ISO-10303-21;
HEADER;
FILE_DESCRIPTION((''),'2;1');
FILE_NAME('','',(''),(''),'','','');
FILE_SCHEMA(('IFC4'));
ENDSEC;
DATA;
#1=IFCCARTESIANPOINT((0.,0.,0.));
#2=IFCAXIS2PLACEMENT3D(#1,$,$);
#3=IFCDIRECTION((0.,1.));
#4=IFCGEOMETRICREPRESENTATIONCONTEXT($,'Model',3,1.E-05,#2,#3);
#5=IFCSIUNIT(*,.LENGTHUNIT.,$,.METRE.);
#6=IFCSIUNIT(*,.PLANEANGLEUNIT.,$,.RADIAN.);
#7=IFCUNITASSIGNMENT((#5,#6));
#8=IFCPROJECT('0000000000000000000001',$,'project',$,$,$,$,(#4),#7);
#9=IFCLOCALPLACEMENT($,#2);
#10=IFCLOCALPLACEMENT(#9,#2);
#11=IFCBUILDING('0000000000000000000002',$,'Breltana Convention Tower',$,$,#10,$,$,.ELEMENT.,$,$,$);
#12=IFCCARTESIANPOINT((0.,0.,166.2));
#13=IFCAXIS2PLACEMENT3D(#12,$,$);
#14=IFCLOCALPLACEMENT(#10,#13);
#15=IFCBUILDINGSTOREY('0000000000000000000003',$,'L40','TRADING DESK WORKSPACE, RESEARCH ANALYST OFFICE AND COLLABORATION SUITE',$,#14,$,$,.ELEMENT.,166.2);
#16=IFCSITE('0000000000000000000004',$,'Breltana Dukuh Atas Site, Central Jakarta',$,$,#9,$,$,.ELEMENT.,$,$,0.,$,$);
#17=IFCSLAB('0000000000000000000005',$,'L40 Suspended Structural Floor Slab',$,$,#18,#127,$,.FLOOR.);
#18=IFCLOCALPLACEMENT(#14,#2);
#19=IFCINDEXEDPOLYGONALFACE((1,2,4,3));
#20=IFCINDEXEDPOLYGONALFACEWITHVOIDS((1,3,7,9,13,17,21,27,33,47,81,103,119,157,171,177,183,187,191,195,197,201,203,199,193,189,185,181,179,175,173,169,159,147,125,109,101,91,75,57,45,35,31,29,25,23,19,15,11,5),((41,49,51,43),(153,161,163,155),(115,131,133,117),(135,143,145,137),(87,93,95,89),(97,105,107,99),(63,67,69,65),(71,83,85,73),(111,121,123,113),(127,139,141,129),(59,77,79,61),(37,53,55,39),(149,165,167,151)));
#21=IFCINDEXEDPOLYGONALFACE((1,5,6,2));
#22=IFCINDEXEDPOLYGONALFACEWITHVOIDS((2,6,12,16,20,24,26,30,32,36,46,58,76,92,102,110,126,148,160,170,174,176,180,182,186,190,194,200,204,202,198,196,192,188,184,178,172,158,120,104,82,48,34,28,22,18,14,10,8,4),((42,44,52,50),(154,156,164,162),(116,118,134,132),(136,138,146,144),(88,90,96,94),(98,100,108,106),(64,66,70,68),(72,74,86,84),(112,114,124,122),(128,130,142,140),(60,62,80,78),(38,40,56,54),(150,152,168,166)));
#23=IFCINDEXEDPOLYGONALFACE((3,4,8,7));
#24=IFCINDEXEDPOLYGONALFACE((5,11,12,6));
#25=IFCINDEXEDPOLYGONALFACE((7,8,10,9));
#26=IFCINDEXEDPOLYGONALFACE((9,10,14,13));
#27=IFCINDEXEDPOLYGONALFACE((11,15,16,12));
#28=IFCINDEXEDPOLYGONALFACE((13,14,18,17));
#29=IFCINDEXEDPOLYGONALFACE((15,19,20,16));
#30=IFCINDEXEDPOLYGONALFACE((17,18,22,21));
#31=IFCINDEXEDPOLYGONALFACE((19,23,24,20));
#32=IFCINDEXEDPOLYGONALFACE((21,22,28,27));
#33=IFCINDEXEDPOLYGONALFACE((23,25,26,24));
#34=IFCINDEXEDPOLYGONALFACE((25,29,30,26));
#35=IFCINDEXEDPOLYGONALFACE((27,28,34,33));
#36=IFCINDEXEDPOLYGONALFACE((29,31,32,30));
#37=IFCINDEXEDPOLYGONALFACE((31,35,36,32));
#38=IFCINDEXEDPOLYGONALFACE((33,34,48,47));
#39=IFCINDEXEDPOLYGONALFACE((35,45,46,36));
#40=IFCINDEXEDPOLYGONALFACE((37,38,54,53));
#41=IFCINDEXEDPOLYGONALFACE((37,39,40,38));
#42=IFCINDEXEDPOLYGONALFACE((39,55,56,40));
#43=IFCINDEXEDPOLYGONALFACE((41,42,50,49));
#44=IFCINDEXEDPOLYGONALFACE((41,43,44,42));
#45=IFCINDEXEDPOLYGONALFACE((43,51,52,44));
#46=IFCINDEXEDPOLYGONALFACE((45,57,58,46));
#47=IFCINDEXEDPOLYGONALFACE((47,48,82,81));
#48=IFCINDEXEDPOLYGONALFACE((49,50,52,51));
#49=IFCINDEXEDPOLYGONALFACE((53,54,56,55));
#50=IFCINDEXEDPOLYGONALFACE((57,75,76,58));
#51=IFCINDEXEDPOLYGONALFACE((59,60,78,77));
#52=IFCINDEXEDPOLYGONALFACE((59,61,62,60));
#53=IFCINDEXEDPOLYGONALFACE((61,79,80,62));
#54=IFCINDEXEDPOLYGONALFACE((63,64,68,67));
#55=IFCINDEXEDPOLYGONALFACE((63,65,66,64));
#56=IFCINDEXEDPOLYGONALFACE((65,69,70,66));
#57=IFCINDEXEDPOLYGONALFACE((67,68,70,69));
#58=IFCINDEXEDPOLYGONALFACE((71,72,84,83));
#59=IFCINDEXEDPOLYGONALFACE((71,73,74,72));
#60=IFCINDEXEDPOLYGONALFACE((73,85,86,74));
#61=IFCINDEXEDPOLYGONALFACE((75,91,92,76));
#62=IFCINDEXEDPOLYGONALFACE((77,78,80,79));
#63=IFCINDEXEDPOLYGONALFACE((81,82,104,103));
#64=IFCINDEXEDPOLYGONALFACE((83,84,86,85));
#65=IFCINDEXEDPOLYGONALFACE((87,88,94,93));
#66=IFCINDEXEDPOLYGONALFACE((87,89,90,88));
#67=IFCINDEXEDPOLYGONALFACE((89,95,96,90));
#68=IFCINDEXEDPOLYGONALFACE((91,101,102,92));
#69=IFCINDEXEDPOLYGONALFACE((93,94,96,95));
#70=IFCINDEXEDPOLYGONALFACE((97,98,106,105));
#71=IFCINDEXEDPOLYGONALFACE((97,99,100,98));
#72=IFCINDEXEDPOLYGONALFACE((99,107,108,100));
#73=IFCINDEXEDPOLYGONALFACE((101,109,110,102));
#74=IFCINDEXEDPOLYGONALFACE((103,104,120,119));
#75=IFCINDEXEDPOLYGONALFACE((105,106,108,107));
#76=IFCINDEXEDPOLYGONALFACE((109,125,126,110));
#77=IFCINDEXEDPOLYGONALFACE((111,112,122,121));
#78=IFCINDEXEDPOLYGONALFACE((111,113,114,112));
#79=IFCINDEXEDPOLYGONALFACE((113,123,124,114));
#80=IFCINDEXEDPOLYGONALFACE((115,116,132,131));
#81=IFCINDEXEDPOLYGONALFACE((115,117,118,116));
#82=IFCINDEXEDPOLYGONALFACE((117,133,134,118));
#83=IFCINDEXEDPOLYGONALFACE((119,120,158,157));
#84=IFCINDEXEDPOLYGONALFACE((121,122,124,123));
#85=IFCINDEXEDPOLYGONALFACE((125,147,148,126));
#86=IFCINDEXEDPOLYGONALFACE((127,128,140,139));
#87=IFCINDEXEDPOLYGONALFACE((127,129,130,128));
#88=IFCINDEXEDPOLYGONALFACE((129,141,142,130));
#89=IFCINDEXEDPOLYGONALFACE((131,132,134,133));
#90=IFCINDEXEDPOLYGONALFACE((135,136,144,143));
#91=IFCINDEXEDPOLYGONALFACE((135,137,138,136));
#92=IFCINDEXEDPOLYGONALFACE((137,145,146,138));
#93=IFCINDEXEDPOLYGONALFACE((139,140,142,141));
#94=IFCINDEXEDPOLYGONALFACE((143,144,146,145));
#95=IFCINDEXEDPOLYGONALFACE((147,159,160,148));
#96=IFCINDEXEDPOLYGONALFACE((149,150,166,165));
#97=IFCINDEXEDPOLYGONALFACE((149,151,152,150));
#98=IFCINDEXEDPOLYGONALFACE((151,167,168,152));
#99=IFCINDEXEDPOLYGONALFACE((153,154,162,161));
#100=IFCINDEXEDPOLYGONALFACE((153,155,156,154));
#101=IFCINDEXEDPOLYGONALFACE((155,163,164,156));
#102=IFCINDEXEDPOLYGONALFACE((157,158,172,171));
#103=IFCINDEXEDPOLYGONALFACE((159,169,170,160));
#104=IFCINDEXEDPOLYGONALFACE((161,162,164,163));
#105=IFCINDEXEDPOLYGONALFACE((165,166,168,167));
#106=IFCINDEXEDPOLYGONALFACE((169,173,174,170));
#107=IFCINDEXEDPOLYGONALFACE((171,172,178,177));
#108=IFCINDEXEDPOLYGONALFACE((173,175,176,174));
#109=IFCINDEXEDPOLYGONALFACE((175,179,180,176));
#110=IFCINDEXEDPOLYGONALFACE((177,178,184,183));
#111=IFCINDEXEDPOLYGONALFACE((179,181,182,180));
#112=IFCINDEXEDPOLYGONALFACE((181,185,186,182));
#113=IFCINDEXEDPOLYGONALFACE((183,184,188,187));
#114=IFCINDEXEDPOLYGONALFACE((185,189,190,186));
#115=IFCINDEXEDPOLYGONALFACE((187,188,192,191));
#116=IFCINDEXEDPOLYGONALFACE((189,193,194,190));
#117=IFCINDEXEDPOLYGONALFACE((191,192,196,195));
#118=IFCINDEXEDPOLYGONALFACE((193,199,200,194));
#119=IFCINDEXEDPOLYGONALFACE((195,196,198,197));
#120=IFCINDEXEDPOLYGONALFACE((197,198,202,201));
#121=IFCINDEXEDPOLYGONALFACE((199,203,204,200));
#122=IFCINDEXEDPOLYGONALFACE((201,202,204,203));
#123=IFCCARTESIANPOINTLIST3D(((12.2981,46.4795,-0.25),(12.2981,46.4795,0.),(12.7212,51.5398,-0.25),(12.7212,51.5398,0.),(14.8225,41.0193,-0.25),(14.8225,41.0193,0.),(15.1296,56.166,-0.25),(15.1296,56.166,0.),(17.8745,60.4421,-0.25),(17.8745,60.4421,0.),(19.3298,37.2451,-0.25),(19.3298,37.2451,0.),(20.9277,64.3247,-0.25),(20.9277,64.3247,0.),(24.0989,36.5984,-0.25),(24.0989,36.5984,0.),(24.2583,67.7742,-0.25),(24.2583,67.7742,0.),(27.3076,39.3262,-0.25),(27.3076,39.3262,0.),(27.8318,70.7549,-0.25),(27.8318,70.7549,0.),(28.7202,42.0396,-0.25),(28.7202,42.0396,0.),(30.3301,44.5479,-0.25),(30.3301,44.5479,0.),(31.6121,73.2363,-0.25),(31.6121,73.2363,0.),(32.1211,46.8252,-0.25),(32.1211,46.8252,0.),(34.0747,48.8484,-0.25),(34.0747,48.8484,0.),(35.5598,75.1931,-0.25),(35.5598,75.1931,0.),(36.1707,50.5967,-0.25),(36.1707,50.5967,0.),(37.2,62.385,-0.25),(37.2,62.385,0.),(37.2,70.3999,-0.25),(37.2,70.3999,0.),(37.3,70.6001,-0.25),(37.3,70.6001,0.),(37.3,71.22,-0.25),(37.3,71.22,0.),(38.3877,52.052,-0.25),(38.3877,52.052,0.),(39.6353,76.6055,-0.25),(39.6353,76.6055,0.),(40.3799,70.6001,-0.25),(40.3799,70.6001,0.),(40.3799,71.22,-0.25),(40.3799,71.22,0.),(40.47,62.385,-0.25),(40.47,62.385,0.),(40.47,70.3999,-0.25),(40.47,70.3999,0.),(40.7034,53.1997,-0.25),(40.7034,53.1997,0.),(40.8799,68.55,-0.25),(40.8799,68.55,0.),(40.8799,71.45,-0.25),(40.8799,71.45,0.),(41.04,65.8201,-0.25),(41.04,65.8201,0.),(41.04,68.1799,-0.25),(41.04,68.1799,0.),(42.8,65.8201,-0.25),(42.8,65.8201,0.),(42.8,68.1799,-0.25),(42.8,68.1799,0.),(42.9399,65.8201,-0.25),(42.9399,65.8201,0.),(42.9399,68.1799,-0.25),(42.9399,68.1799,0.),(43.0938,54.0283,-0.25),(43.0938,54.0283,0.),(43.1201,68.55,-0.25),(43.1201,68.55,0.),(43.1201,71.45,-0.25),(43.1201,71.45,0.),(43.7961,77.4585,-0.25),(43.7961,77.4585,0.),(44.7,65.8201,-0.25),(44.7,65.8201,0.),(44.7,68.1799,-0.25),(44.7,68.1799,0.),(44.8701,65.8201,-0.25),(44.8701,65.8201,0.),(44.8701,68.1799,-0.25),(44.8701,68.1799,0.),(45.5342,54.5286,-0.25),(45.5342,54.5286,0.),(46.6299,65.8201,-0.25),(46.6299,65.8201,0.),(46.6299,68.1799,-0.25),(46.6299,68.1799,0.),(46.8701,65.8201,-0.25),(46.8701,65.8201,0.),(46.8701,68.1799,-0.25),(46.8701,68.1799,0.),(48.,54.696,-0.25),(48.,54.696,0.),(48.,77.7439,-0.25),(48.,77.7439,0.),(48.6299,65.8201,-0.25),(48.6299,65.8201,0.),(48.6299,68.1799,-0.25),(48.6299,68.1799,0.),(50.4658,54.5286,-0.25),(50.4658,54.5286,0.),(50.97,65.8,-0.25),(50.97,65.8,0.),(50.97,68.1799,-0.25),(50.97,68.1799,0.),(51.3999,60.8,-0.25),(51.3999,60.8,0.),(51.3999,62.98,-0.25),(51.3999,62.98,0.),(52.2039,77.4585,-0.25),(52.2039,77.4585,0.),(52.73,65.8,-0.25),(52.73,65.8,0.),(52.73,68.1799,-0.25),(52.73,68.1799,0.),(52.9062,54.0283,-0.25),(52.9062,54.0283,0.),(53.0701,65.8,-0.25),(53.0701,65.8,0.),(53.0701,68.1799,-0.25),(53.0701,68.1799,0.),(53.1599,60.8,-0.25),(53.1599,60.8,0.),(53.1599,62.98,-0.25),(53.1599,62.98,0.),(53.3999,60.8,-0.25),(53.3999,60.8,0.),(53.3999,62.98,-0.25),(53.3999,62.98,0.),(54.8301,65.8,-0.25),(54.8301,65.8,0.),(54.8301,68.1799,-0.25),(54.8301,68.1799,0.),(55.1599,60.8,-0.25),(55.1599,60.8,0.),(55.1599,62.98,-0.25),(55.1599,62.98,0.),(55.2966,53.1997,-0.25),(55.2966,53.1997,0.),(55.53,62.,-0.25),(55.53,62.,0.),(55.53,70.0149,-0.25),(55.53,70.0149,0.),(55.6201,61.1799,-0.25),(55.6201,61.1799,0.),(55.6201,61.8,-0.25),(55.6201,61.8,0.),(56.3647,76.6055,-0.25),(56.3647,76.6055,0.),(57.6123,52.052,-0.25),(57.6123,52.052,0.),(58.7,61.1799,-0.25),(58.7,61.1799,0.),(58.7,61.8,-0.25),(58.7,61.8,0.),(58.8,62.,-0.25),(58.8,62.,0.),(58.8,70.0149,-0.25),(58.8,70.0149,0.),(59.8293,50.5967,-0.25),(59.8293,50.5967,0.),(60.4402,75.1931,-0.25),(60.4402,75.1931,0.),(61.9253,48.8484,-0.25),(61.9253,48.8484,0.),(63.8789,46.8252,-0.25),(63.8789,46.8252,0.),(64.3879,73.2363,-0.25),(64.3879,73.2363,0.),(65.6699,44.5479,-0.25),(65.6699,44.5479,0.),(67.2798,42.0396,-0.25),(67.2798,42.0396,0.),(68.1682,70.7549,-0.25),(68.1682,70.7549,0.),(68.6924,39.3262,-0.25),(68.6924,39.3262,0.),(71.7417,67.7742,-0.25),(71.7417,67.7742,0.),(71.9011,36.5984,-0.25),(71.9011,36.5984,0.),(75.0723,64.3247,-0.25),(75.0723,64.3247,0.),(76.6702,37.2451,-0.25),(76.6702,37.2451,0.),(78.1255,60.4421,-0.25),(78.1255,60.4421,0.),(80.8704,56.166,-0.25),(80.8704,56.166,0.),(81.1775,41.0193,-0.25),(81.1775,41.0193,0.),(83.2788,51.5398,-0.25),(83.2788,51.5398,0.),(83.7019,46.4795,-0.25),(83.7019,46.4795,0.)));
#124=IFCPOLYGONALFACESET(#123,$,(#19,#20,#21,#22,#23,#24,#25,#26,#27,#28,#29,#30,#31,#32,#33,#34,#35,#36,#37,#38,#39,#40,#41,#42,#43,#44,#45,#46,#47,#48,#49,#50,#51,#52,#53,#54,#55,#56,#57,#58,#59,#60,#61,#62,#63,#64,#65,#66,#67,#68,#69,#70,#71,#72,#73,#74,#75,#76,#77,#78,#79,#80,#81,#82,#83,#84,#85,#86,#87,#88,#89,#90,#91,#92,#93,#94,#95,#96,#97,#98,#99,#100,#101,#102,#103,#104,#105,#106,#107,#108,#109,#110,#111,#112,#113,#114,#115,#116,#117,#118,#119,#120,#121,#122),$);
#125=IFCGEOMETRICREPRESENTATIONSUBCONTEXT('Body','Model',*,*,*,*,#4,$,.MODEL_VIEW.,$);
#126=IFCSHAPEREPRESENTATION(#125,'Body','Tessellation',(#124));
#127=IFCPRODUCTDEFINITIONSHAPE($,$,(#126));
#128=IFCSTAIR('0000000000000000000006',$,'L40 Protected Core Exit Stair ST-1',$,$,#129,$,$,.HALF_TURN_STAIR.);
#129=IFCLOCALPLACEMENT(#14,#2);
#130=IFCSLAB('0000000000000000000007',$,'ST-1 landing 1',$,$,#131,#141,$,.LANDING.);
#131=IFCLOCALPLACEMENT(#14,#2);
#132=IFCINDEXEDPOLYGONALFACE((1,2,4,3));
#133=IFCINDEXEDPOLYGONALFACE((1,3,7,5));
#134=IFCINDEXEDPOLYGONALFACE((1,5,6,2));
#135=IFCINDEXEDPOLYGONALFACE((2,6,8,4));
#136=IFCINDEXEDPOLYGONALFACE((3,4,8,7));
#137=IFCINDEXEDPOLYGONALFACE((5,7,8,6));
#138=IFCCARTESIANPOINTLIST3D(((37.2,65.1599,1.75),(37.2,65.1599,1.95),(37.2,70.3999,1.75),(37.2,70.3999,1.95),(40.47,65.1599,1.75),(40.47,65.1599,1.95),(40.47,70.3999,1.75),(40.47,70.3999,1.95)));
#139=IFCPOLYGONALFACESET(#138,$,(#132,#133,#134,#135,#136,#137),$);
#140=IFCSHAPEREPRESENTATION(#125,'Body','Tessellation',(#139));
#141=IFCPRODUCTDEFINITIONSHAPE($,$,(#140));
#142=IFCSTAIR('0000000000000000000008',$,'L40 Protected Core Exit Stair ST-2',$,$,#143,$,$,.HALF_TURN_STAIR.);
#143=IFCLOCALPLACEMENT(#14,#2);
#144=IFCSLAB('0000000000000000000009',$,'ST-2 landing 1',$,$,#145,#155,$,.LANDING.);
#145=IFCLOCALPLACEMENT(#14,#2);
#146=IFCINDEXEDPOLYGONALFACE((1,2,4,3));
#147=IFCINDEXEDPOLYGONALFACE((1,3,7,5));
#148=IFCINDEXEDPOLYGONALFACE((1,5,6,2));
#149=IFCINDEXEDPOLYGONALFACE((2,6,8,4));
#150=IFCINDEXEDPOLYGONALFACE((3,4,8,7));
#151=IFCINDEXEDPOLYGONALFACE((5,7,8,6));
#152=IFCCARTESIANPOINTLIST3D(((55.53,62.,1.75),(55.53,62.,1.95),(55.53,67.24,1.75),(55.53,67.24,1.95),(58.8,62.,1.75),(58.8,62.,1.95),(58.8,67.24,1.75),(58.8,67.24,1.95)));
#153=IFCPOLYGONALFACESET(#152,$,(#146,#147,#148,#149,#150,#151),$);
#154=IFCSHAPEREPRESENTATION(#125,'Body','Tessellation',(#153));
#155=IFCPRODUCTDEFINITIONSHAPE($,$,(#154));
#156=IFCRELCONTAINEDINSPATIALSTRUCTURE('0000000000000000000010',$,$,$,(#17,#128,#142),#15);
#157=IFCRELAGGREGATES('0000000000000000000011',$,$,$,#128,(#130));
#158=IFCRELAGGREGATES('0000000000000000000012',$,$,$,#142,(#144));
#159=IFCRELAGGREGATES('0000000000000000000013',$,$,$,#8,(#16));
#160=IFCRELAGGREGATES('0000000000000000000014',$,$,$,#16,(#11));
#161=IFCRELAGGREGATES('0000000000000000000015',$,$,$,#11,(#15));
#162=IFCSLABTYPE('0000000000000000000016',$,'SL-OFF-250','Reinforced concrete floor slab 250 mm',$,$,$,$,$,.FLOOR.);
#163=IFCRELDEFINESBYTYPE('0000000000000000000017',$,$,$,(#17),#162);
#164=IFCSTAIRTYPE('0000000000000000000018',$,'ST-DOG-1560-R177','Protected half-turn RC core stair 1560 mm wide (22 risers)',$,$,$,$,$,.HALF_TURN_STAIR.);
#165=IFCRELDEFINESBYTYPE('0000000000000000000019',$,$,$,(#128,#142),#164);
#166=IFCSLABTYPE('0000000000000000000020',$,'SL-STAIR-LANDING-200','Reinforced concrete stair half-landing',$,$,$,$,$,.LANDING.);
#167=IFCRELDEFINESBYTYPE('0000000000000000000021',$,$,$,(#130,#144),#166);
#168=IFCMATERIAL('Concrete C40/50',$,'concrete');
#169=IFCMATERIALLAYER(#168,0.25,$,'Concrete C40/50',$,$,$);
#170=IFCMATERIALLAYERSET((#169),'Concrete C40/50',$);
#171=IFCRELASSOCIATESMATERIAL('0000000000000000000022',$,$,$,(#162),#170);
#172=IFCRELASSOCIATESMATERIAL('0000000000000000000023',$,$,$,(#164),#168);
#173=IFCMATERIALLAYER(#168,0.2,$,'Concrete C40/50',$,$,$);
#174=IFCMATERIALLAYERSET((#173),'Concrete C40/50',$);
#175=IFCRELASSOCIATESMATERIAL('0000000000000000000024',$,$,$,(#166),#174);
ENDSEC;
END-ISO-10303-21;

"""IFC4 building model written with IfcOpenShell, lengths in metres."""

from ifc_helpers import new_model, si_unit, direction, frame, origin, place, context, subcontext, project, spatial, polyline, outline, extrude, material, layer, layer_set, type_object, element, aggregate, save


model = new_model("IFC4")

# Units and contexts
model_context = context("Model", 3, precision=1e-05, world=origin(), true_north=direction((0.0, 1.0)))
body_context = subcontext(model_context, "Body", "Model", "MODEL_VIEW")
ifc_project = project(units=[si_unit("LENGTHUNIT", "METRE"), si_unit("PLANEANGLEUNIT", "RADIAN")], contexts=[model_context])

# Site, building, storey
site_placement = place(None, origin())
site = spatial("IfcSite", under=ifc_project, at=site_placement, Name="Breltana Dukuh Atas Site, Central Jakarta", CompositionType="ELEMENT", RefElevation=0.0)
building_placement = place(site_placement, origin())
building = spatial("IfcBuilding", under=site, at=building_placement, Name="Breltana Convention Tower", CompositionType="ELEMENT")
storey_placement = place(building_placement, frame((0.0, 0.0, 166.2)))
storey = spatial("IfcBuildingStorey", under=building, at=storey_placement, Name="L40", Description="TRADING DESK WORKSPACE, RESEARCH ANALYST OFFICE AND COLLABORATION SUITE", CompositionType="ELEMENT", Elevation=166.2)

# Slab
ifc_material_1 = material(Name="Concrete C40/50", Category="concrete")
ifc_layer_1 = layer(ifc_material_1, 0.25, Name="Concrete C40/50")
ifc_layer_set_1 = layer_set([ifc_layer_1], Name="Concrete C40/50")
slab_type_1 = type_object("IfcSlabType", Name="SL-OFF-250", Description="Reinforced concrete floor slab 250 mm", PredefinedType="FLOOR", material=ifc_layer_set_1)
slab_1_placement = place(storey_placement, frame((0.0, 0.0, -0.25)))
element("IfcSlab", 1, at=slab_1_placement, inside=storey, type_object=slab_type_1, Name="L40 Suspended Structural Floor Slab", PredefinedType="FLOOR", context=body_context, shape_type="SweptSolid", body=[
    extrude(outline(polyline([(83.2788, 51.5398), (80.8704, 56.166), (78.1255, 60.4421), (75.0723, 64.3247), (71.7417, 67.7742), (68.1682, 70.7549), (64.3879, 73.2363), (60.4402, 75.1931), (56.3647, 76.6055), (52.2039, 77.4585), (48.0, 77.7439), (43.7961, 77.4585), (39.6353, 76.6055), (35.5598, 75.1931), (31.6121, 73.2363), (27.8318, 70.7549), (24.2583, 67.7742), (20.9277, 64.3247), (17.8745, 60.4421), (15.1296, 56.166), (12.7212, 51.5398), (12.2981, 46.4795), (14.8225, 41.0193), (19.3298, 37.2451), (24.0989, 36.5984), (27.3076, 39.3262), (28.7202, 42.0396), (30.3301, 44.5479), (32.1211, 46.8252), (34.0747, 48.8484), (36.1707, 50.5967), (38.3877, 52.052), (40.7034, 53.1997), (43.0938, 54.0283), (45.5342, 54.5286), (48.0, 54.696), (50.4658, 54.5286), (52.9062, 54.0283), (55.2966, 53.1997), (57.6123, 52.052), (59.8293, 50.5967), (61.9253, 48.8484), (63.8789, 46.8252), (65.6699, 44.5479), (67.2798, 42.0396), (68.6924, 39.3262), (71.9011, 36.5984), (76.6702, 37.2451), (81.1775, 41.0193), (83.7019, 46.4795), (83.2788, 51.5398)]), holes=[polyline([(37.2, 62.385), (40.47, 62.385), (40.47, 70.3999), (37.2, 70.3999), (37.2, 62.385)]), polyline([(55.53, 62.0), (58.8, 62.0), (58.8, 70.0149), (55.53, 70.0149), (55.53, 62.0)]), polyline([(51.3999, 60.8), (53.1599, 60.8), (53.1599, 62.98), (51.3999, 62.98), (51.3999, 60.8)]), polyline([(53.3999, 60.8), (55.1599, 60.8), (55.1599, 62.98), (53.3999, 62.98), (53.3999, 60.8)]), polyline([(41.04, 65.8201), (42.8, 65.8201), (42.8, 68.1799), (41.04, 68.1799), (41.04, 65.8201)]), polyline([(42.9399, 65.8201), (44.7, 65.8201), (44.7, 68.1799), (42.9399, 68.1799), (42.9399, 65.8201)]), polyline([(44.8701, 65.8201), (46.6299, 65.8201), (46.6299, 68.1799), (44.8701, 68.1799), (44.8701, 65.8201)]), polyline([(46.8701, 65.8201), (48.6299, 65.8201), (48.6299, 68.1799), (46.8701, 68.1799), (46.8701, 65.8201)]), polyline([(50.97, 65.8), (52.73, 65.8), (52.73, 68.1799), (50.97, 68.1799), (50.97, 65.8)]), polyline([(53.0701, 65.8), (54.8301, 65.8), (54.8301, 68.1799), (53.0701, 68.1799), (53.0701, 65.8)]), polyline([(40.8799, 68.55), (43.1201, 68.55), (43.1201, 71.45), (40.8799, 71.45), (40.8799, 68.55)]), polyline([(37.3, 70.6001), (40.3799, 70.6001), (40.3799, 71.22), (37.3, 71.22), (37.3, 70.6001)]), polyline([(55.6201, 61.1799), (58.7, 61.1799), (58.7, 61.8), (55.6201, 61.8), (55.6201, 61.1799)])]), origin(), (0.0, 0.0, 1.0), 0.25),
])

# Stairs, slabs
stair_type = type_object("IfcStairType", Name="ST-DOG-1560-R177", Description="Protected half-turn RC core stair 1560 mm wide (22 risers)", PredefinedType="HALF_TURN_STAIR", material=ifc_material_1)
stair_1_placement = place(storey_placement, origin())
stair_1 = element("IfcStair", 2, at=stair_1_placement, inside=storey, type_object=stair_type, Name="L40 Protected Core Exit Stair ST-1", PredefinedType="HALF_TURN_STAIR")
ifc_layer_2 = layer(ifc_material_1, 0.2, Name="Concrete C40/50")
ifc_layer_set_2 = layer_set([ifc_layer_2], Name="Concrete C40/50")
slab_type_2 = type_object("IfcSlabType", Name="SL-STAIR-LANDING-200", Description="Reinforced concrete stair half-landing", PredefinedType="LANDING", material=ifc_layer_set_2)
slab_2_placement = place(storey_placement, frame((0.0, 0.0, 1.75)))
slab_2 = element("IfcSlab", 3, at=slab_2_placement, type_object=slab_type_2, Name="ST-1 landing 1", PredefinedType="LANDING", context=body_context, shape_type="SweptSolid", body=[
    extrude(outline(polyline([(40.47, 65.1599), (40.47, 70.3999), (37.2, 70.3999), (37.2, 65.1599), (40.47, 65.1599)])), origin(), (0.0, 0.0, 1.0), 0.2),
])
aggregate(stair_1, [slab_2])
stair_2_placement = place(storey_placement, origin())
stair_2 = element("IfcStair", 4, at=stair_2_placement, inside=storey, type_object=stair_type, Name="L40 Protected Core Exit Stair ST-2", PredefinedType="HALF_TURN_STAIR")
slab_3_placement = place(storey_placement, frame((0.0, 0.0, 1.75)))
slab_3 = element("IfcSlab", 5, at=slab_3_placement, type_object=slab_type_2, Name="ST-2 landing 1", PredefinedType="LANDING", context=body_context, shape_type="SweptSolid", body=[
    extrude(outline(polyline([(55.53, 67.24), (55.53, 62.0), (58.8, 62.0), (58.8, 67.24), (55.53, 67.24)])), origin(), (0.0, 0.0, 1.0), 0.2),
])
aggregate(stair_2, [slab_3])

save(model, "model.ifc")
